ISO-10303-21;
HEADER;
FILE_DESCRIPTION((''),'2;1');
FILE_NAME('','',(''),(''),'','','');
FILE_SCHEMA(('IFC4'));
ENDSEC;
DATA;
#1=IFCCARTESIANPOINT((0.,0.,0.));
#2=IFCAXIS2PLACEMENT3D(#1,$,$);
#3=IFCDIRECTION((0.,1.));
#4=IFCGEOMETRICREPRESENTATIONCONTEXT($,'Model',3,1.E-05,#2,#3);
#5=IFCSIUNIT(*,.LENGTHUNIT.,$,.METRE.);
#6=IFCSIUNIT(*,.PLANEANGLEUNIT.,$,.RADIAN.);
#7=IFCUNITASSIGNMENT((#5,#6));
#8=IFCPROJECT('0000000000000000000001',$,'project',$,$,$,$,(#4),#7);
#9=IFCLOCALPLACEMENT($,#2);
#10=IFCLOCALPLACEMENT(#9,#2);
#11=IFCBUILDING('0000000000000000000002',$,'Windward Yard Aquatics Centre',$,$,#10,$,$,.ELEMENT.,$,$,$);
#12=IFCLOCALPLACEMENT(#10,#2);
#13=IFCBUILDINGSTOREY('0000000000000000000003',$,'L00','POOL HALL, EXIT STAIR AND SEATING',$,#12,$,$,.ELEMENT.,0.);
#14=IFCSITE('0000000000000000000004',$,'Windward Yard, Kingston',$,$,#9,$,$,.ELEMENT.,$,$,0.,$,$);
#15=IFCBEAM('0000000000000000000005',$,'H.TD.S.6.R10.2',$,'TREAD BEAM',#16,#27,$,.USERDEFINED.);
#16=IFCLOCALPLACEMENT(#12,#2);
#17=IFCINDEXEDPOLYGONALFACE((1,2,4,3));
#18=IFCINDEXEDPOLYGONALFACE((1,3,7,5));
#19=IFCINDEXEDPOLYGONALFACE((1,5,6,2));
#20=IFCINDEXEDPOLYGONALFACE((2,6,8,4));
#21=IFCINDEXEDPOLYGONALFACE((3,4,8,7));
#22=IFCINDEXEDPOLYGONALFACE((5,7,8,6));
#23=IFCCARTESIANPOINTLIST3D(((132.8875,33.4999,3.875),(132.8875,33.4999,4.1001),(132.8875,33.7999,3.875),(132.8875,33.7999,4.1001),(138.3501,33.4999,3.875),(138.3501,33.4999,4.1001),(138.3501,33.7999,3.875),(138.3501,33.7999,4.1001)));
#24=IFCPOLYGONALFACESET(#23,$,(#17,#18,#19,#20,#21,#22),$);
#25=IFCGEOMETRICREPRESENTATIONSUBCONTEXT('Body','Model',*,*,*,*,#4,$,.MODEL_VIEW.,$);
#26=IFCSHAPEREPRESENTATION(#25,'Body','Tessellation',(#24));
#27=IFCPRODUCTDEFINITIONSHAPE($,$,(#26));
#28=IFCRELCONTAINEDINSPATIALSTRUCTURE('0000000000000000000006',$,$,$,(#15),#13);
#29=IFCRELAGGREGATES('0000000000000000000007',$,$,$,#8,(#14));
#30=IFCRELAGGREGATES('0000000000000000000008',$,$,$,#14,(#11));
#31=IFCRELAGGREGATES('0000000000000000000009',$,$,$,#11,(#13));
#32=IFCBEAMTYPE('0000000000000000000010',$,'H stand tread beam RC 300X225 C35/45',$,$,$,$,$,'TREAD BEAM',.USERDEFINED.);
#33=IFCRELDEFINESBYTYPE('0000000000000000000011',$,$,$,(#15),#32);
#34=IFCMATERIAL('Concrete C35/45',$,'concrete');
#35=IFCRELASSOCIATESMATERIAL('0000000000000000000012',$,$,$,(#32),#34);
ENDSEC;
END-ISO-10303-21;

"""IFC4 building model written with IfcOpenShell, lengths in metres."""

from ifc_helpers import new_model, si_unit, direction, frame, origin, origin_2d, place, context, subcontext, project, spatial, rectangle, extrude, material, material_profile, profile_set, type_object, element, save


model = new_model("IFC4")

# Units and contexts
model_context = context("Model", 3, precision=1e-05, world=origin(), true_north=direction((0.0, 1.0)))
body_context = subcontext(model_context, "Body", "Model", "MODEL_VIEW")
ifc_project = project(units=[si_unit("LENGTHUNIT", "METRE"), si_unit("PLANEANGLEUNIT", "RADIAN")], contexts=[model_context])

# Site, building, storey
site_placement = place(None, origin())
site = spatial("IfcSite", under=ifc_project, at=site_placement, Name="Windward Yard, Kingston", CompositionType="ELEMENT", RefElevation=0.0)
building_placement = place(site_placement, origin())
building = spatial("IfcBuilding", under=site, at=building_placement, Name="Windward Yard Aquatics Centre", CompositionType="ELEMENT")
storey_placement = place(building_placement, origin())
storey = spatial("IfcBuildingStorey", under=building, at=storey_placement, Name="L00", Description="POOL HALL, EXIT STAIR AND SEATING", CompositionType="ELEMENT", Elevation=0.0)

# Shared definitions
ifc_material = material(Name="Concrete C35/45", Category="concrete")

# Beam
ifc_material_profile_1 = material_profile(ifc_material, rectangle(XDim=0.3, YDim=0.2251, at=origin_2d()), Name="RC 300X225")
ifc_profile_set_1 = profile_set([ifc_material_profile_1], Name="Concrete C35/45")
beam_type_1 = type_object("IfcBeamType", Name="H stand tread beam RC 300X225 C35/45", ElementType="TREAD BEAM", PredefinedType="USERDEFINED", material=ifc_profile_set_1)
for number, where, z_axis, x_axis, name in (
    (1, (132.8875, 33.6499, 3.9875), (1.0, 0.0, 0.0), (0.0, 1.0, 0.0), "H.TD.S.6.R10.2"),
):
    element("IfcBeam", number, at=place(storey_placement, frame(where, z_axis=z_axis, x_axis=x_axis)), inside=storey, type_object=beam_type_1, Name=name, ObjectType="TREAD BEAM", PredefinedType="USERDEFINED", context=body_context, shape_type="SweptSolid", body=[
        extrude(rectangle(XDim=0.3, YDim=0.2251, at=origin_2d()), origin(), (0.0, 0.0, 1.0), 5.4626),
    ])

save(model, "model.ifc")
